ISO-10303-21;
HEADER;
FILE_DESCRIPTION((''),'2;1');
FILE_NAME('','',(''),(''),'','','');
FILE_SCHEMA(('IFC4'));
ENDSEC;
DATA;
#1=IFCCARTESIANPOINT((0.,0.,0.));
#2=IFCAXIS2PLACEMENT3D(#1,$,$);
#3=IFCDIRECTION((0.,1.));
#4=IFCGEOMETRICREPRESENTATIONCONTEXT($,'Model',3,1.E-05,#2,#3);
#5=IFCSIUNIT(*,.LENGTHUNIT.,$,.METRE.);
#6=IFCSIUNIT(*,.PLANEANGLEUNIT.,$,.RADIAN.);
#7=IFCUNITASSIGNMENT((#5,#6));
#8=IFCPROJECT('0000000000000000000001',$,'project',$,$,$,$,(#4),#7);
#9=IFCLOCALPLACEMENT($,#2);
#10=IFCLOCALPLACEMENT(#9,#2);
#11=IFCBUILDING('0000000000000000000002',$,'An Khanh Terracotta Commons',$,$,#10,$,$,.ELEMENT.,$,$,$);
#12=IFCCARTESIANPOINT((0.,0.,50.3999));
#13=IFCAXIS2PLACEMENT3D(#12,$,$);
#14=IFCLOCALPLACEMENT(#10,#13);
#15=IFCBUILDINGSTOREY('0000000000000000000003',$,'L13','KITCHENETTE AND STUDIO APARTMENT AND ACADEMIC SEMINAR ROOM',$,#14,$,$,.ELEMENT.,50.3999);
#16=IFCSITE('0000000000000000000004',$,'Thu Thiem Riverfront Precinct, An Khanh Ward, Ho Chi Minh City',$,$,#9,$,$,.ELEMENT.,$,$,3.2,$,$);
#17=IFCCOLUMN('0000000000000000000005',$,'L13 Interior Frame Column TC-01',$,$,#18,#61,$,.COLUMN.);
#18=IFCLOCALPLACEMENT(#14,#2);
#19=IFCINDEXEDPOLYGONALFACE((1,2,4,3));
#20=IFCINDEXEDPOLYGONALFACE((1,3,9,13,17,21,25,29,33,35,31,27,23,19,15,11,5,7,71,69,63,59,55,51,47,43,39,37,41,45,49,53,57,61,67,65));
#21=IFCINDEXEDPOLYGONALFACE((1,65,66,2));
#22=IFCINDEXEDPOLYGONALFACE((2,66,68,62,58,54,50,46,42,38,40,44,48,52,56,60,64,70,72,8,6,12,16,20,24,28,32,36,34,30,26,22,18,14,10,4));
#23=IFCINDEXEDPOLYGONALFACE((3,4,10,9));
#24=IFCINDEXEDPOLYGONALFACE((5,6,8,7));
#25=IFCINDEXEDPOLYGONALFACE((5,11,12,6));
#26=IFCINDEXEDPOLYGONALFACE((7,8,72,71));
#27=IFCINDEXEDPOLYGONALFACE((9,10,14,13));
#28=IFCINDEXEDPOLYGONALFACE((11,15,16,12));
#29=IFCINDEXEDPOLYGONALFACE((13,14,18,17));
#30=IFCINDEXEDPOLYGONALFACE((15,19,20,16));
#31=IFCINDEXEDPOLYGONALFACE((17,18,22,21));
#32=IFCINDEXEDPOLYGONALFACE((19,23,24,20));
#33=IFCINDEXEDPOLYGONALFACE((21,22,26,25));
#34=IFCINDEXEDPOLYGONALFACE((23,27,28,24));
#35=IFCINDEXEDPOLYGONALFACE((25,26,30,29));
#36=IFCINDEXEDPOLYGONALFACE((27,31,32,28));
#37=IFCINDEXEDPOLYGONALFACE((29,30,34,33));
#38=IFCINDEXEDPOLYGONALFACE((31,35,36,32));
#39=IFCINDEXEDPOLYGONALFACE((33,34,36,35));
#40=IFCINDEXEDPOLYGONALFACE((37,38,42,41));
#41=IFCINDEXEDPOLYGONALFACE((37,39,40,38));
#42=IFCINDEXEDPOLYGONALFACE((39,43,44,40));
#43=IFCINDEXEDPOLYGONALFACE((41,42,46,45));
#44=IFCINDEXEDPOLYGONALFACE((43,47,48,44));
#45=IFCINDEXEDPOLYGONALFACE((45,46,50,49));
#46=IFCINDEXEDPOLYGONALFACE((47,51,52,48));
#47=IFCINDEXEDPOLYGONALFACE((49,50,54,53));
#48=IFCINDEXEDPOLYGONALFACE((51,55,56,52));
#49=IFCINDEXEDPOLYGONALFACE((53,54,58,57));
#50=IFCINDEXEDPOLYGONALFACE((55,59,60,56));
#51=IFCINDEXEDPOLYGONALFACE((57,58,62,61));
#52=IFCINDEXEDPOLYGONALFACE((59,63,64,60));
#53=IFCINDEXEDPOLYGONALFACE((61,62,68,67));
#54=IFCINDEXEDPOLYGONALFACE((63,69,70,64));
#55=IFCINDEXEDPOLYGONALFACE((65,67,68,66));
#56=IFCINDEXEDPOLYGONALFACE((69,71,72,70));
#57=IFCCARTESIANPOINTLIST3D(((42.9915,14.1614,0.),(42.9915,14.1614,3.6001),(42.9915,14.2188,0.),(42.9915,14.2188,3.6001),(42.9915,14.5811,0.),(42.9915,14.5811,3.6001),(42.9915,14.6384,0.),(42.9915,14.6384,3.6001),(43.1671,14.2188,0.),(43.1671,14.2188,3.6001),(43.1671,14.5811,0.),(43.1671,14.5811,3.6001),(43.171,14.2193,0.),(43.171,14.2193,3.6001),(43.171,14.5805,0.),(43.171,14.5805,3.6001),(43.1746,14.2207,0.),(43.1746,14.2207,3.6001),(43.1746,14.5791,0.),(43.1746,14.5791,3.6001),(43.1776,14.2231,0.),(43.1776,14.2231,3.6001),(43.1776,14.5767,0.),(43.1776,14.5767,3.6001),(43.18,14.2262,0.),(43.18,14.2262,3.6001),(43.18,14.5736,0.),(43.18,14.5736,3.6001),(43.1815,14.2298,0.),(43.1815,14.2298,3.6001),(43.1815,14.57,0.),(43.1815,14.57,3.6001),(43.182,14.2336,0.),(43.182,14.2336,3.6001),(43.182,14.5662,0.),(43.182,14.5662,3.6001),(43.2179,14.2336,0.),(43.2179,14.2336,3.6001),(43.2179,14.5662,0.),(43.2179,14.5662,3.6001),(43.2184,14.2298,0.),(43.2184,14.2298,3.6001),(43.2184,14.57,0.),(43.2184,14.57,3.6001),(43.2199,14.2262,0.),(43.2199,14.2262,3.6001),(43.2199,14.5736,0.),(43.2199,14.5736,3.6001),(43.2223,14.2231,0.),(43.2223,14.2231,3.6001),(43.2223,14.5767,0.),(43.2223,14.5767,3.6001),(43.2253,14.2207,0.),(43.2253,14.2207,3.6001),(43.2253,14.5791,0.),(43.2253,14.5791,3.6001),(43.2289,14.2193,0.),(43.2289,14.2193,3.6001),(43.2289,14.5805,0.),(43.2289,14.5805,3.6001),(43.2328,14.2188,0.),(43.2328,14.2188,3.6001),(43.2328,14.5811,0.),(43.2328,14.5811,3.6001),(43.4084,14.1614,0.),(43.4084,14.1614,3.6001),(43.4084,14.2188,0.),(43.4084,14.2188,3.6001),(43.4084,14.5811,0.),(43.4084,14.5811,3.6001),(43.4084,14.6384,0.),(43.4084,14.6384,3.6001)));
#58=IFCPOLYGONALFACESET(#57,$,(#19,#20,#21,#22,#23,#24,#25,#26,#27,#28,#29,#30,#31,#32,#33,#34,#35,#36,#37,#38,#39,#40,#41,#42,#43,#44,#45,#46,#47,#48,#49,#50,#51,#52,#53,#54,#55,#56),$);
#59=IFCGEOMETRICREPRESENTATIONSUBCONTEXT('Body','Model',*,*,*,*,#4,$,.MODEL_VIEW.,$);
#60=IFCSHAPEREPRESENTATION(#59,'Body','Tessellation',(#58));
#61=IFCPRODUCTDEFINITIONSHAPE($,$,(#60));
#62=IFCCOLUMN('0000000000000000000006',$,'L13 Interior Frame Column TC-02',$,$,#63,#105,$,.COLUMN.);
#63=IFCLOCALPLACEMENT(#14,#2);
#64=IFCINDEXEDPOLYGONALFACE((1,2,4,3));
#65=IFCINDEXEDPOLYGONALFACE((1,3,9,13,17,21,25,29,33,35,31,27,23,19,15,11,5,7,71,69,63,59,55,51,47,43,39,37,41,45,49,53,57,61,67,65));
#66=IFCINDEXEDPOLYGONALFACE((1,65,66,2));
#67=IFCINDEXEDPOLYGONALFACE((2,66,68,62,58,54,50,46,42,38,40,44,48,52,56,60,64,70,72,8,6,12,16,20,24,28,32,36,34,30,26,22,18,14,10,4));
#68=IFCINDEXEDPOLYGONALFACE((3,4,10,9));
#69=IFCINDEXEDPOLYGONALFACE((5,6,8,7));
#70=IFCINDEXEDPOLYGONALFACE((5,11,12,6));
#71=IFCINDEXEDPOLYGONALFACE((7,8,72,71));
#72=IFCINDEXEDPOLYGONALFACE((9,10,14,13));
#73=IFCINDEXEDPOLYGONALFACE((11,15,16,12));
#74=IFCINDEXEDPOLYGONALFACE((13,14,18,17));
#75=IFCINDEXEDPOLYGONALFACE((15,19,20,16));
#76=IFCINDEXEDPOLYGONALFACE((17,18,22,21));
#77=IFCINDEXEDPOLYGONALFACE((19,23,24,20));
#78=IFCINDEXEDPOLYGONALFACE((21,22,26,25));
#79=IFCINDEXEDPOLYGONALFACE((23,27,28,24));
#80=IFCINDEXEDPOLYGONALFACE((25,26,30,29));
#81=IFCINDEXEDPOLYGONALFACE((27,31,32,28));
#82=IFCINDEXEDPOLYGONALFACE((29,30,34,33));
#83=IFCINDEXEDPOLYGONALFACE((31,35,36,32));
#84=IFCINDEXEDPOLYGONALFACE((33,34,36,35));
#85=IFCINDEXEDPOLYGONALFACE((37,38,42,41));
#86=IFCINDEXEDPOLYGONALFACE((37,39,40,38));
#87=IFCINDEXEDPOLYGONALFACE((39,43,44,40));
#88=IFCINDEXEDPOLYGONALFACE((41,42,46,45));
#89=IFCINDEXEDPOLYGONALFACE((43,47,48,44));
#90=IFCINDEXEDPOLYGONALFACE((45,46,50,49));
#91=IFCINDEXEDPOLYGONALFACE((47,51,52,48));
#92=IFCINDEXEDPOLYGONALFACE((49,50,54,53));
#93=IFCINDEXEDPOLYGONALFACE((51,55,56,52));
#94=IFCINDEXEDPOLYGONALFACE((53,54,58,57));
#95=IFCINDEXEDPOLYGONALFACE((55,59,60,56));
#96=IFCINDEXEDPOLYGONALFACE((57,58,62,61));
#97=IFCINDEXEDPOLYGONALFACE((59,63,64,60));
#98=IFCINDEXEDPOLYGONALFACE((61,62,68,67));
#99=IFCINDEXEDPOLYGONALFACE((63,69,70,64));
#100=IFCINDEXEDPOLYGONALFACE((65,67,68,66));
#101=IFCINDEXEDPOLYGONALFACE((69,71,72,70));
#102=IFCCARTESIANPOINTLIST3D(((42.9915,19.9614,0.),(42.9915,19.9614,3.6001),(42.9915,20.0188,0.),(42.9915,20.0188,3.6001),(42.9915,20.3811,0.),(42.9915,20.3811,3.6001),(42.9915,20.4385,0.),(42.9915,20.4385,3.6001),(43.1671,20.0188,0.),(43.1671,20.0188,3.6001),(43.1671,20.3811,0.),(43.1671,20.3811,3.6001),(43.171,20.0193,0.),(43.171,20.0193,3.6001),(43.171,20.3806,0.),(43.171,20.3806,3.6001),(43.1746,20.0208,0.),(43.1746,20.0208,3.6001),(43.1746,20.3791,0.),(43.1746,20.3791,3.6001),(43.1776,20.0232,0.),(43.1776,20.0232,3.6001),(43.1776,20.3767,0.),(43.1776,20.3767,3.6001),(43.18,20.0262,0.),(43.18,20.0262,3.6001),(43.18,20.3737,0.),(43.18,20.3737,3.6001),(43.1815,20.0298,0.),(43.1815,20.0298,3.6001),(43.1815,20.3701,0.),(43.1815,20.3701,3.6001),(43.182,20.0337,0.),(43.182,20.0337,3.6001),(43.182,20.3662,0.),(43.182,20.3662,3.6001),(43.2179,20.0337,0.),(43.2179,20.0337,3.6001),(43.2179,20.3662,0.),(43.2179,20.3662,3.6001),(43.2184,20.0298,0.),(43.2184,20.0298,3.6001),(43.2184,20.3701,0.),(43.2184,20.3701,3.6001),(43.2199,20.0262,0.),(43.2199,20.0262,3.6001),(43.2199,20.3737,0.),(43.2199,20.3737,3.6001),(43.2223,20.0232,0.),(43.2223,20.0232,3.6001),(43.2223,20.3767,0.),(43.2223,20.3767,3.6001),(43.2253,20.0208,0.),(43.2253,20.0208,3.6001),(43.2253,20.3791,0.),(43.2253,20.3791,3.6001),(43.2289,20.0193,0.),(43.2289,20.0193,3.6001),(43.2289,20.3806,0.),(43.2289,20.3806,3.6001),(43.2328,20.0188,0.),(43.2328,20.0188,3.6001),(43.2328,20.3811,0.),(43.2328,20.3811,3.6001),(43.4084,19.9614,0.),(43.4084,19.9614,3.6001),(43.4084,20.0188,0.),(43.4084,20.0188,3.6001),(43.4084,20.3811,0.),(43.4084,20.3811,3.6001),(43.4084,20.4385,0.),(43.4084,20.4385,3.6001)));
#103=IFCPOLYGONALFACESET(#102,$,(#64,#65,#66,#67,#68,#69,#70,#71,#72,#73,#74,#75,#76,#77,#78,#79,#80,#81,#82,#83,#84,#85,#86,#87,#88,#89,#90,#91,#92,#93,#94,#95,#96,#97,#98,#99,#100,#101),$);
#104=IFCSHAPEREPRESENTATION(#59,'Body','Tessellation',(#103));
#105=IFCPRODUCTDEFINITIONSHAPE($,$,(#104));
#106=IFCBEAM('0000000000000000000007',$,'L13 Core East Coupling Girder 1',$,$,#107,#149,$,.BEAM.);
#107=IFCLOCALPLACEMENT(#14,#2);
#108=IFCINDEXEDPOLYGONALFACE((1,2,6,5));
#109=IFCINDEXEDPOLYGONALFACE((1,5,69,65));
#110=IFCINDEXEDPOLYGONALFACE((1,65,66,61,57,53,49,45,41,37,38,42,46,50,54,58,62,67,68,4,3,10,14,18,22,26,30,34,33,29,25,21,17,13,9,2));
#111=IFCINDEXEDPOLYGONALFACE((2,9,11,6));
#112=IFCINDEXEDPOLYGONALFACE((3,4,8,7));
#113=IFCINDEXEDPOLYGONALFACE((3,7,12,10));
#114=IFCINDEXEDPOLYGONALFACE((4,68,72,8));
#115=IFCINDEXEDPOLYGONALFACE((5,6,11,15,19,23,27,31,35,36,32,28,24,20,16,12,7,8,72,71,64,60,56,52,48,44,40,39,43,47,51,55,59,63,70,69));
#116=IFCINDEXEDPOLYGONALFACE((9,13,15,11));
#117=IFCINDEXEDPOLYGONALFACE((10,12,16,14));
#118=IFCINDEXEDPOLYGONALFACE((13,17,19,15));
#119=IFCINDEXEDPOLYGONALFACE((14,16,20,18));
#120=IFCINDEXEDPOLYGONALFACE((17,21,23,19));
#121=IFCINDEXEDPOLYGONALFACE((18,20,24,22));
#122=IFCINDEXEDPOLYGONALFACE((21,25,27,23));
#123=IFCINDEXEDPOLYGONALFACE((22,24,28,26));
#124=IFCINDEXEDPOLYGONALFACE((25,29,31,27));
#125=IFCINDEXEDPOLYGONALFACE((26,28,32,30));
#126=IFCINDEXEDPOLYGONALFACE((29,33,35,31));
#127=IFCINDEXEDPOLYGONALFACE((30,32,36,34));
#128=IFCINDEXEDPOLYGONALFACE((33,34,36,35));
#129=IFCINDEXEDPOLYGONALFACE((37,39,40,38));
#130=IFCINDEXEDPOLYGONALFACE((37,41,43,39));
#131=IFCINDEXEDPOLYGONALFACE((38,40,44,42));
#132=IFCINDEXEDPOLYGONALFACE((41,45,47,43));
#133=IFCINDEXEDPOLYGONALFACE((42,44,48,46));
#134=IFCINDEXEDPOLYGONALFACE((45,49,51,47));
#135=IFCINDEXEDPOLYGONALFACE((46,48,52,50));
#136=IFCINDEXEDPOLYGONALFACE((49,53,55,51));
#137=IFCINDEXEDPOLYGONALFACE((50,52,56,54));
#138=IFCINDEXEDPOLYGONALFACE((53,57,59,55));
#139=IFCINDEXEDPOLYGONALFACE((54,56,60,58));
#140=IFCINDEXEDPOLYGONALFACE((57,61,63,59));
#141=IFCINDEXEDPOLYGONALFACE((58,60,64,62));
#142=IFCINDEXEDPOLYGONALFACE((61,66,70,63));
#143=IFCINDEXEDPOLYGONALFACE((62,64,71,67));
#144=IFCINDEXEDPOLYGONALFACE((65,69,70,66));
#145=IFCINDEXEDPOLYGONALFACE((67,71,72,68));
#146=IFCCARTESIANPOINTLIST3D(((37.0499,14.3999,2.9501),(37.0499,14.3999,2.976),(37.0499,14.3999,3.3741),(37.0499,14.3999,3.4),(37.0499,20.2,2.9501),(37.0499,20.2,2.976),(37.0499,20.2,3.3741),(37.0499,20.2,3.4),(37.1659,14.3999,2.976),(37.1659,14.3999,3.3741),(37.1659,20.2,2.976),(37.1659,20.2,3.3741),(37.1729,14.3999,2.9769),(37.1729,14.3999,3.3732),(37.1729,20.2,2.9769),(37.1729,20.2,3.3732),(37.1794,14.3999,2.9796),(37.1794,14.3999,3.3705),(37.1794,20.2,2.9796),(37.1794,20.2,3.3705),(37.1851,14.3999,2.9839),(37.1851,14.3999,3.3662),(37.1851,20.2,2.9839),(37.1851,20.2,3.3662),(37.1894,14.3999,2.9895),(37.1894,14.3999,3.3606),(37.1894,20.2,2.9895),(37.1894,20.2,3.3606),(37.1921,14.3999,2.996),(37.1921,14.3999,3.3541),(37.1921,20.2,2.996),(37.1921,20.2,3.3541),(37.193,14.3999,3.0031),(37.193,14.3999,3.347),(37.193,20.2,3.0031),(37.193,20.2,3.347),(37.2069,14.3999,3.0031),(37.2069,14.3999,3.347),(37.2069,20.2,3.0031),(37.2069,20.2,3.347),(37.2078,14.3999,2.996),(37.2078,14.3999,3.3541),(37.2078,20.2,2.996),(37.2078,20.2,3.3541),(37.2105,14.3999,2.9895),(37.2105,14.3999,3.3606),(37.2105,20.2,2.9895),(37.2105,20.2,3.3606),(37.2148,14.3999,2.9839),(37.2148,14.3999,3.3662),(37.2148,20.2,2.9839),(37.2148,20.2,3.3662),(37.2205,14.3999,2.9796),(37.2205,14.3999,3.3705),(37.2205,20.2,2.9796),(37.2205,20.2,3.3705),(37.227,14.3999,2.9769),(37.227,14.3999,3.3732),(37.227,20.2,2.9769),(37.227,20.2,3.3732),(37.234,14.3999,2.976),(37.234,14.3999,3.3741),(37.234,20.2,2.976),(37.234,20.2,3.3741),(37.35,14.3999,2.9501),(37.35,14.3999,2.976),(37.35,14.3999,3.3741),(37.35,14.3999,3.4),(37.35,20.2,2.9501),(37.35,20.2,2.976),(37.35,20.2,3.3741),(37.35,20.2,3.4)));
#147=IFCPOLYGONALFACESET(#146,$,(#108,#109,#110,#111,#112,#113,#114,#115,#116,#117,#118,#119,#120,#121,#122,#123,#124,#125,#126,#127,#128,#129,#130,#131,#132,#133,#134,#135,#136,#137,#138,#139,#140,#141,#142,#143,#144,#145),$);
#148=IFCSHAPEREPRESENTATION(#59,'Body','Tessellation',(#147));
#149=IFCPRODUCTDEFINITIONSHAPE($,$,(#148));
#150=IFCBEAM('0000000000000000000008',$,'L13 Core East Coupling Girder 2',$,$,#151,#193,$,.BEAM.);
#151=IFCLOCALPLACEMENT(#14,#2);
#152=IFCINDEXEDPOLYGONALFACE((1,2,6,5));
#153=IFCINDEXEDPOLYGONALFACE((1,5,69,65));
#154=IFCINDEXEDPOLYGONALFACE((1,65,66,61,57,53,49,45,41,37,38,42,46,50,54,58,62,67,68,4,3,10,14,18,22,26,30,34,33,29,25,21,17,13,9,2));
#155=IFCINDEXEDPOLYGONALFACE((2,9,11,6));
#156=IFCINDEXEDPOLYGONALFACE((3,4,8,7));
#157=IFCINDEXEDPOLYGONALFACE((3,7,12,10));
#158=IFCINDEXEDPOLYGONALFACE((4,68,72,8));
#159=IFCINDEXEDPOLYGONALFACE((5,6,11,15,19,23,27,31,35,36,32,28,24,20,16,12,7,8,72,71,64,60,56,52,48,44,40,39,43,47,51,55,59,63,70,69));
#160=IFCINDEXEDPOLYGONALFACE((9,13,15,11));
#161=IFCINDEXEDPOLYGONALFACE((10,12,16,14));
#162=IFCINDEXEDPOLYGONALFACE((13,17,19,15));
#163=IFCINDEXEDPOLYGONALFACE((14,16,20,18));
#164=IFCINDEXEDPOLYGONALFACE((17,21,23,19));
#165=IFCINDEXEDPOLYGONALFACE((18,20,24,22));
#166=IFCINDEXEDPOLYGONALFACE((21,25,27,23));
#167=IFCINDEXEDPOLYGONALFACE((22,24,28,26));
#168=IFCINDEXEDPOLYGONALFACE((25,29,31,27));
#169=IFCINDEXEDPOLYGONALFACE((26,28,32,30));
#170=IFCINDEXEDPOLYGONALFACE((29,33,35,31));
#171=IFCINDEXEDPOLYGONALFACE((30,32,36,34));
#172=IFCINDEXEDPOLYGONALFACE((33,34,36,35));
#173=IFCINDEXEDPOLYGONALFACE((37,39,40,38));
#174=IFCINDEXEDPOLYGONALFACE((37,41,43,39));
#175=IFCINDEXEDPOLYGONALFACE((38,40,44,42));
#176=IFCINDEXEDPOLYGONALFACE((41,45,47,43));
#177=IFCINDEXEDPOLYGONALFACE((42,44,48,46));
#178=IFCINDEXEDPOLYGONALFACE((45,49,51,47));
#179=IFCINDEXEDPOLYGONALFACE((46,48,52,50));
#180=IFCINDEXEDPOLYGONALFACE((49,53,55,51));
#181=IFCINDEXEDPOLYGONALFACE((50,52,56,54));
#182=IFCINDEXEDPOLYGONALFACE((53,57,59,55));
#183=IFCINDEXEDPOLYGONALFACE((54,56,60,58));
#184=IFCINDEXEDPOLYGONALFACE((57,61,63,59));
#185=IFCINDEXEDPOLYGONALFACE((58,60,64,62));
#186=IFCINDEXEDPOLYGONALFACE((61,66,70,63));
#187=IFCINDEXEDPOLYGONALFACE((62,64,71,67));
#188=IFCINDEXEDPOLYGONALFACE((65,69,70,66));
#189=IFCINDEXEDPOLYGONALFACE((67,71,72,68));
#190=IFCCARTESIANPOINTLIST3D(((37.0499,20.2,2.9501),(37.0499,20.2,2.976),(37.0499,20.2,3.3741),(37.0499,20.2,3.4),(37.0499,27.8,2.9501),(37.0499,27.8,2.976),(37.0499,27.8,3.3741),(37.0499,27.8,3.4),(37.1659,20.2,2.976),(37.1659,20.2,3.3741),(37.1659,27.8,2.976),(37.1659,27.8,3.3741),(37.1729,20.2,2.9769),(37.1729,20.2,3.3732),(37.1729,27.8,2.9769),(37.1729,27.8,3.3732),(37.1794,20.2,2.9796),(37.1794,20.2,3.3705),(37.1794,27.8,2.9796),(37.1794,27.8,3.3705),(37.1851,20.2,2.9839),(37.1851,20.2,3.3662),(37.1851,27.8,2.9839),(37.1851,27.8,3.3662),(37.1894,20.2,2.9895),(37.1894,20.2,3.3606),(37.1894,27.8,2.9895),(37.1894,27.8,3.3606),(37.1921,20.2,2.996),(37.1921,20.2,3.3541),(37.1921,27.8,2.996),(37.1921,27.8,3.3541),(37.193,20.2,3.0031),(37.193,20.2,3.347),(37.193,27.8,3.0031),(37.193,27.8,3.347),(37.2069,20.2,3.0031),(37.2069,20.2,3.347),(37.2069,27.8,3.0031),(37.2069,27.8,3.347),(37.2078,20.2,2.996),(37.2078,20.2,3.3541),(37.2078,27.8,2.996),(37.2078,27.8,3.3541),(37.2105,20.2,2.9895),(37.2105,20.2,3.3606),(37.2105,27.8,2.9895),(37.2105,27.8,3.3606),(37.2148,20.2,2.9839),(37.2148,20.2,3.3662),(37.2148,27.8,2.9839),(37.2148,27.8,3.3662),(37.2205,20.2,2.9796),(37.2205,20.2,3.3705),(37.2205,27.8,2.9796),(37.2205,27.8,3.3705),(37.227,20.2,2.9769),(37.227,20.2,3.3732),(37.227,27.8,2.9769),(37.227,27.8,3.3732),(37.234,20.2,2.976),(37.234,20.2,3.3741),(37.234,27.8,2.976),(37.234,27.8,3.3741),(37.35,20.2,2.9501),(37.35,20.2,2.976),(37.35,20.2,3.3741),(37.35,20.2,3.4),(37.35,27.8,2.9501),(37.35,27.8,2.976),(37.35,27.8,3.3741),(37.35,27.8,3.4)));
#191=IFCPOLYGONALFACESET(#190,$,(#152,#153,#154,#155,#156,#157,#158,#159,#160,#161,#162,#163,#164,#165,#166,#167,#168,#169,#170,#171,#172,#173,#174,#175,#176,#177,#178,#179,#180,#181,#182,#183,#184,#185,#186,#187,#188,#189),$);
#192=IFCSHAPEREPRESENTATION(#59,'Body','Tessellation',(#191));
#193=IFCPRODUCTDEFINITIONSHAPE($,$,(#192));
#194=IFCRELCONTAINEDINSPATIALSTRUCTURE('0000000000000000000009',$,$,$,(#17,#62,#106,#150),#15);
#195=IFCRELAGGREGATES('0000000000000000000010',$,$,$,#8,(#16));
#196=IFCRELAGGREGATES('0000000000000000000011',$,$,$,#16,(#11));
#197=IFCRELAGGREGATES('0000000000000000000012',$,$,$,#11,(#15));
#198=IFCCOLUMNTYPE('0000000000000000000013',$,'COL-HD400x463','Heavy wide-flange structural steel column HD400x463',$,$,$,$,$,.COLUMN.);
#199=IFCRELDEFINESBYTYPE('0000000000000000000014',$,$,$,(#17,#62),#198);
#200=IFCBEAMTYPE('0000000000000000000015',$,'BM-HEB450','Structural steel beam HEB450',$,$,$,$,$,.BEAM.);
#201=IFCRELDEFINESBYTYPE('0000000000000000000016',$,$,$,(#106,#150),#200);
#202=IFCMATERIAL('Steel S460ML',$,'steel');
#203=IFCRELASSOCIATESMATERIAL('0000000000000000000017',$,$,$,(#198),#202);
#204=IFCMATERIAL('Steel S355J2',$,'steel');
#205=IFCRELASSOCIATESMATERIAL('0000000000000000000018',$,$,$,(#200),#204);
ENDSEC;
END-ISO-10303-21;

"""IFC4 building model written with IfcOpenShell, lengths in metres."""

from ifc_helpers import new_model, si_unit, direction, frame, origin, origin_2d, place, context, subcontext, project, spatial, i_section, extrude, material, material_profile, profile_set, type_object, element, save


model = new_model("IFC4")

# Units and contexts
model_context = context("Model", 3, precision=1e-05, world=origin(), true_north=direction((0.0, 1.0)))
body_context = subcontext(model_context, "Body", "Model", "MODEL_VIEW")
ifc_project = project(units=[si_unit("LENGTHUNIT", "METRE"), si_unit("PLANEANGLEUNIT", "RADIAN")], contexts=[model_context])

# Site, building, storey
site_placement = place(None, origin())
site = spatial("IfcSite", under=ifc_project, at=site_placement, Name="Thu Thiem Riverfront Precinct, An Khanh Ward, Ho Chi Minh City", CompositionType="ELEMENT", RefElevation=3.2)
building_placement = place(site_placement, origin())
building = spatial("IfcBuilding", under=site, at=building_placement, Name="An Khanh Terracotta Commons", CompositionType="ELEMENT")
storey_placement = place(building_placement, frame((0.0, 0.0, 50.3999)))
storey = spatial("IfcBuildingStorey", under=building, at=storey_placement, Name="L13", Description="KITCHENETTE AND STUDIO APARTMENT AND ACADEMIC SEMINAR ROOM", CompositionType="ELEMENT", Elevation=50.3999)

# Columns
ifc_material_1 = material(Name="Steel S460ML", Category="steel")
ifc_material_profile_1 = material_profile(ifc_material_1, i_section(OverallWidth=0.417, OverallDepth=0.4771, WebThickness=0.0359, FlangeThickness=0.0574, FilletRadius=0.0149, at=origin_2d()), Name="HD400x463")
ifc_profile_set_1 = profile_set([ifc_material_profile_1], Name="Steel S460ML")
column_type = type_object("IfcColumnType", Name="COL-HD400x463", Description="Heavy wide-flange structural steel column HD400x463", PredefinedType="COLUMN", material=ifc_profile_set_1)
for number, where, z_axis, x_axis, name in (
    (1, (43.2, 14.3999, 0.0), (0.0, 0.0, 1.0), (1.0, 0.0, 0.0), "L13 Interior Frame Column TC-01"),
    (2, (43.2, 20.2, 0.0), (0.0, 0.0, 1.0), (1.0, 0.0, 0.0), "L13 Interior Frame Column TC-02"),
):
    element("IfcColumn", number, at=place(storey_placement, frame(where, z_axis=z_axis, x_axis=x_axis)), inside=storey, type_object=column_type, Name=name, PredefinedType="COLUMN", context=body_context, shape_type="SweptSolid", body=[
        extrude(i_section(OverallWidth=0.417, OverallDepth=0.4771, WebThickness=0.0359, FlangeThickness=0.0574, FilletRadius=0.0149, at=origin_2d()), origin(), (0.0, 0.0, 1.0), 3.6001),
    ])

# Beams
ifc_material_2 = material(Name="Steel S355J2", Category="steel")
ifc_material_profile_2 = material_profile(ifc_material_2, i_section(OverallWidth=0.3, OverallDepth=0.45, WebThickness=0.0139, FlangeThickness=0.0259, FilletRadius=0.0271, at=origin_2d()), Name="HEB450")
ifc_profile_set_2 = profile_set([ifc_material_profile_2], Name="Steel S355J2")
beam_type_1 = type_object("IfcBeamType", Name="BM-HEB450", Description="Structural steel beam HEB450", PredefinedType="BEAM", material=ifc_profile_set_2)
beam_1_placement = place(storey_placement, frame((37.2, 14.3999, 3.175), z_axis=(0.0, 1.0, 0.0), x_axis=(-1.0, 0.0, 0.0)))
element("IfcBeam", 3, at=beam_1_placement, inside=storey, type_object=beam_type_1, Name="L13 Core East Coupling Girder 1", PredefinedType="BEAM", context=body_context, shape_type="SweptSolid", body=[
    extrude(i_section(OverallWidth=0.3, OverallDepth=0.45, WebThickness=0.0139, FlangeThickness=0.0259, FilletRadius=0.0271, at=origin_2d()), origin(), (0.0, 0.0, 1.0), 5.8),
])
beam_2_placement = place(storey_placement, frame((37.2, 20.2, 3.175), z_axis=(0.0, 1.0, 0.0), x_axis=(-1.0, 0.0, 0.0)))
element("IfcBeam", 4, at=beam_2_placement, inside=storey, type_object=beam_type_1, Name="L13 Core East Coupling Girder 2", PredefinedType="BEAM", context=body_context, shape_type="SweptSolid", body=[
    extrude(i_section(OverallWidth=0.3, OverallDepth=0.45, WebThickness=0.0139, FlangeThickness=0.0259, FilletRadius=0.0271, at=origin_2d()), origin(), (0.0, 0.0, 1.0), 7.6001),
])

save(model, "model.ifc")
